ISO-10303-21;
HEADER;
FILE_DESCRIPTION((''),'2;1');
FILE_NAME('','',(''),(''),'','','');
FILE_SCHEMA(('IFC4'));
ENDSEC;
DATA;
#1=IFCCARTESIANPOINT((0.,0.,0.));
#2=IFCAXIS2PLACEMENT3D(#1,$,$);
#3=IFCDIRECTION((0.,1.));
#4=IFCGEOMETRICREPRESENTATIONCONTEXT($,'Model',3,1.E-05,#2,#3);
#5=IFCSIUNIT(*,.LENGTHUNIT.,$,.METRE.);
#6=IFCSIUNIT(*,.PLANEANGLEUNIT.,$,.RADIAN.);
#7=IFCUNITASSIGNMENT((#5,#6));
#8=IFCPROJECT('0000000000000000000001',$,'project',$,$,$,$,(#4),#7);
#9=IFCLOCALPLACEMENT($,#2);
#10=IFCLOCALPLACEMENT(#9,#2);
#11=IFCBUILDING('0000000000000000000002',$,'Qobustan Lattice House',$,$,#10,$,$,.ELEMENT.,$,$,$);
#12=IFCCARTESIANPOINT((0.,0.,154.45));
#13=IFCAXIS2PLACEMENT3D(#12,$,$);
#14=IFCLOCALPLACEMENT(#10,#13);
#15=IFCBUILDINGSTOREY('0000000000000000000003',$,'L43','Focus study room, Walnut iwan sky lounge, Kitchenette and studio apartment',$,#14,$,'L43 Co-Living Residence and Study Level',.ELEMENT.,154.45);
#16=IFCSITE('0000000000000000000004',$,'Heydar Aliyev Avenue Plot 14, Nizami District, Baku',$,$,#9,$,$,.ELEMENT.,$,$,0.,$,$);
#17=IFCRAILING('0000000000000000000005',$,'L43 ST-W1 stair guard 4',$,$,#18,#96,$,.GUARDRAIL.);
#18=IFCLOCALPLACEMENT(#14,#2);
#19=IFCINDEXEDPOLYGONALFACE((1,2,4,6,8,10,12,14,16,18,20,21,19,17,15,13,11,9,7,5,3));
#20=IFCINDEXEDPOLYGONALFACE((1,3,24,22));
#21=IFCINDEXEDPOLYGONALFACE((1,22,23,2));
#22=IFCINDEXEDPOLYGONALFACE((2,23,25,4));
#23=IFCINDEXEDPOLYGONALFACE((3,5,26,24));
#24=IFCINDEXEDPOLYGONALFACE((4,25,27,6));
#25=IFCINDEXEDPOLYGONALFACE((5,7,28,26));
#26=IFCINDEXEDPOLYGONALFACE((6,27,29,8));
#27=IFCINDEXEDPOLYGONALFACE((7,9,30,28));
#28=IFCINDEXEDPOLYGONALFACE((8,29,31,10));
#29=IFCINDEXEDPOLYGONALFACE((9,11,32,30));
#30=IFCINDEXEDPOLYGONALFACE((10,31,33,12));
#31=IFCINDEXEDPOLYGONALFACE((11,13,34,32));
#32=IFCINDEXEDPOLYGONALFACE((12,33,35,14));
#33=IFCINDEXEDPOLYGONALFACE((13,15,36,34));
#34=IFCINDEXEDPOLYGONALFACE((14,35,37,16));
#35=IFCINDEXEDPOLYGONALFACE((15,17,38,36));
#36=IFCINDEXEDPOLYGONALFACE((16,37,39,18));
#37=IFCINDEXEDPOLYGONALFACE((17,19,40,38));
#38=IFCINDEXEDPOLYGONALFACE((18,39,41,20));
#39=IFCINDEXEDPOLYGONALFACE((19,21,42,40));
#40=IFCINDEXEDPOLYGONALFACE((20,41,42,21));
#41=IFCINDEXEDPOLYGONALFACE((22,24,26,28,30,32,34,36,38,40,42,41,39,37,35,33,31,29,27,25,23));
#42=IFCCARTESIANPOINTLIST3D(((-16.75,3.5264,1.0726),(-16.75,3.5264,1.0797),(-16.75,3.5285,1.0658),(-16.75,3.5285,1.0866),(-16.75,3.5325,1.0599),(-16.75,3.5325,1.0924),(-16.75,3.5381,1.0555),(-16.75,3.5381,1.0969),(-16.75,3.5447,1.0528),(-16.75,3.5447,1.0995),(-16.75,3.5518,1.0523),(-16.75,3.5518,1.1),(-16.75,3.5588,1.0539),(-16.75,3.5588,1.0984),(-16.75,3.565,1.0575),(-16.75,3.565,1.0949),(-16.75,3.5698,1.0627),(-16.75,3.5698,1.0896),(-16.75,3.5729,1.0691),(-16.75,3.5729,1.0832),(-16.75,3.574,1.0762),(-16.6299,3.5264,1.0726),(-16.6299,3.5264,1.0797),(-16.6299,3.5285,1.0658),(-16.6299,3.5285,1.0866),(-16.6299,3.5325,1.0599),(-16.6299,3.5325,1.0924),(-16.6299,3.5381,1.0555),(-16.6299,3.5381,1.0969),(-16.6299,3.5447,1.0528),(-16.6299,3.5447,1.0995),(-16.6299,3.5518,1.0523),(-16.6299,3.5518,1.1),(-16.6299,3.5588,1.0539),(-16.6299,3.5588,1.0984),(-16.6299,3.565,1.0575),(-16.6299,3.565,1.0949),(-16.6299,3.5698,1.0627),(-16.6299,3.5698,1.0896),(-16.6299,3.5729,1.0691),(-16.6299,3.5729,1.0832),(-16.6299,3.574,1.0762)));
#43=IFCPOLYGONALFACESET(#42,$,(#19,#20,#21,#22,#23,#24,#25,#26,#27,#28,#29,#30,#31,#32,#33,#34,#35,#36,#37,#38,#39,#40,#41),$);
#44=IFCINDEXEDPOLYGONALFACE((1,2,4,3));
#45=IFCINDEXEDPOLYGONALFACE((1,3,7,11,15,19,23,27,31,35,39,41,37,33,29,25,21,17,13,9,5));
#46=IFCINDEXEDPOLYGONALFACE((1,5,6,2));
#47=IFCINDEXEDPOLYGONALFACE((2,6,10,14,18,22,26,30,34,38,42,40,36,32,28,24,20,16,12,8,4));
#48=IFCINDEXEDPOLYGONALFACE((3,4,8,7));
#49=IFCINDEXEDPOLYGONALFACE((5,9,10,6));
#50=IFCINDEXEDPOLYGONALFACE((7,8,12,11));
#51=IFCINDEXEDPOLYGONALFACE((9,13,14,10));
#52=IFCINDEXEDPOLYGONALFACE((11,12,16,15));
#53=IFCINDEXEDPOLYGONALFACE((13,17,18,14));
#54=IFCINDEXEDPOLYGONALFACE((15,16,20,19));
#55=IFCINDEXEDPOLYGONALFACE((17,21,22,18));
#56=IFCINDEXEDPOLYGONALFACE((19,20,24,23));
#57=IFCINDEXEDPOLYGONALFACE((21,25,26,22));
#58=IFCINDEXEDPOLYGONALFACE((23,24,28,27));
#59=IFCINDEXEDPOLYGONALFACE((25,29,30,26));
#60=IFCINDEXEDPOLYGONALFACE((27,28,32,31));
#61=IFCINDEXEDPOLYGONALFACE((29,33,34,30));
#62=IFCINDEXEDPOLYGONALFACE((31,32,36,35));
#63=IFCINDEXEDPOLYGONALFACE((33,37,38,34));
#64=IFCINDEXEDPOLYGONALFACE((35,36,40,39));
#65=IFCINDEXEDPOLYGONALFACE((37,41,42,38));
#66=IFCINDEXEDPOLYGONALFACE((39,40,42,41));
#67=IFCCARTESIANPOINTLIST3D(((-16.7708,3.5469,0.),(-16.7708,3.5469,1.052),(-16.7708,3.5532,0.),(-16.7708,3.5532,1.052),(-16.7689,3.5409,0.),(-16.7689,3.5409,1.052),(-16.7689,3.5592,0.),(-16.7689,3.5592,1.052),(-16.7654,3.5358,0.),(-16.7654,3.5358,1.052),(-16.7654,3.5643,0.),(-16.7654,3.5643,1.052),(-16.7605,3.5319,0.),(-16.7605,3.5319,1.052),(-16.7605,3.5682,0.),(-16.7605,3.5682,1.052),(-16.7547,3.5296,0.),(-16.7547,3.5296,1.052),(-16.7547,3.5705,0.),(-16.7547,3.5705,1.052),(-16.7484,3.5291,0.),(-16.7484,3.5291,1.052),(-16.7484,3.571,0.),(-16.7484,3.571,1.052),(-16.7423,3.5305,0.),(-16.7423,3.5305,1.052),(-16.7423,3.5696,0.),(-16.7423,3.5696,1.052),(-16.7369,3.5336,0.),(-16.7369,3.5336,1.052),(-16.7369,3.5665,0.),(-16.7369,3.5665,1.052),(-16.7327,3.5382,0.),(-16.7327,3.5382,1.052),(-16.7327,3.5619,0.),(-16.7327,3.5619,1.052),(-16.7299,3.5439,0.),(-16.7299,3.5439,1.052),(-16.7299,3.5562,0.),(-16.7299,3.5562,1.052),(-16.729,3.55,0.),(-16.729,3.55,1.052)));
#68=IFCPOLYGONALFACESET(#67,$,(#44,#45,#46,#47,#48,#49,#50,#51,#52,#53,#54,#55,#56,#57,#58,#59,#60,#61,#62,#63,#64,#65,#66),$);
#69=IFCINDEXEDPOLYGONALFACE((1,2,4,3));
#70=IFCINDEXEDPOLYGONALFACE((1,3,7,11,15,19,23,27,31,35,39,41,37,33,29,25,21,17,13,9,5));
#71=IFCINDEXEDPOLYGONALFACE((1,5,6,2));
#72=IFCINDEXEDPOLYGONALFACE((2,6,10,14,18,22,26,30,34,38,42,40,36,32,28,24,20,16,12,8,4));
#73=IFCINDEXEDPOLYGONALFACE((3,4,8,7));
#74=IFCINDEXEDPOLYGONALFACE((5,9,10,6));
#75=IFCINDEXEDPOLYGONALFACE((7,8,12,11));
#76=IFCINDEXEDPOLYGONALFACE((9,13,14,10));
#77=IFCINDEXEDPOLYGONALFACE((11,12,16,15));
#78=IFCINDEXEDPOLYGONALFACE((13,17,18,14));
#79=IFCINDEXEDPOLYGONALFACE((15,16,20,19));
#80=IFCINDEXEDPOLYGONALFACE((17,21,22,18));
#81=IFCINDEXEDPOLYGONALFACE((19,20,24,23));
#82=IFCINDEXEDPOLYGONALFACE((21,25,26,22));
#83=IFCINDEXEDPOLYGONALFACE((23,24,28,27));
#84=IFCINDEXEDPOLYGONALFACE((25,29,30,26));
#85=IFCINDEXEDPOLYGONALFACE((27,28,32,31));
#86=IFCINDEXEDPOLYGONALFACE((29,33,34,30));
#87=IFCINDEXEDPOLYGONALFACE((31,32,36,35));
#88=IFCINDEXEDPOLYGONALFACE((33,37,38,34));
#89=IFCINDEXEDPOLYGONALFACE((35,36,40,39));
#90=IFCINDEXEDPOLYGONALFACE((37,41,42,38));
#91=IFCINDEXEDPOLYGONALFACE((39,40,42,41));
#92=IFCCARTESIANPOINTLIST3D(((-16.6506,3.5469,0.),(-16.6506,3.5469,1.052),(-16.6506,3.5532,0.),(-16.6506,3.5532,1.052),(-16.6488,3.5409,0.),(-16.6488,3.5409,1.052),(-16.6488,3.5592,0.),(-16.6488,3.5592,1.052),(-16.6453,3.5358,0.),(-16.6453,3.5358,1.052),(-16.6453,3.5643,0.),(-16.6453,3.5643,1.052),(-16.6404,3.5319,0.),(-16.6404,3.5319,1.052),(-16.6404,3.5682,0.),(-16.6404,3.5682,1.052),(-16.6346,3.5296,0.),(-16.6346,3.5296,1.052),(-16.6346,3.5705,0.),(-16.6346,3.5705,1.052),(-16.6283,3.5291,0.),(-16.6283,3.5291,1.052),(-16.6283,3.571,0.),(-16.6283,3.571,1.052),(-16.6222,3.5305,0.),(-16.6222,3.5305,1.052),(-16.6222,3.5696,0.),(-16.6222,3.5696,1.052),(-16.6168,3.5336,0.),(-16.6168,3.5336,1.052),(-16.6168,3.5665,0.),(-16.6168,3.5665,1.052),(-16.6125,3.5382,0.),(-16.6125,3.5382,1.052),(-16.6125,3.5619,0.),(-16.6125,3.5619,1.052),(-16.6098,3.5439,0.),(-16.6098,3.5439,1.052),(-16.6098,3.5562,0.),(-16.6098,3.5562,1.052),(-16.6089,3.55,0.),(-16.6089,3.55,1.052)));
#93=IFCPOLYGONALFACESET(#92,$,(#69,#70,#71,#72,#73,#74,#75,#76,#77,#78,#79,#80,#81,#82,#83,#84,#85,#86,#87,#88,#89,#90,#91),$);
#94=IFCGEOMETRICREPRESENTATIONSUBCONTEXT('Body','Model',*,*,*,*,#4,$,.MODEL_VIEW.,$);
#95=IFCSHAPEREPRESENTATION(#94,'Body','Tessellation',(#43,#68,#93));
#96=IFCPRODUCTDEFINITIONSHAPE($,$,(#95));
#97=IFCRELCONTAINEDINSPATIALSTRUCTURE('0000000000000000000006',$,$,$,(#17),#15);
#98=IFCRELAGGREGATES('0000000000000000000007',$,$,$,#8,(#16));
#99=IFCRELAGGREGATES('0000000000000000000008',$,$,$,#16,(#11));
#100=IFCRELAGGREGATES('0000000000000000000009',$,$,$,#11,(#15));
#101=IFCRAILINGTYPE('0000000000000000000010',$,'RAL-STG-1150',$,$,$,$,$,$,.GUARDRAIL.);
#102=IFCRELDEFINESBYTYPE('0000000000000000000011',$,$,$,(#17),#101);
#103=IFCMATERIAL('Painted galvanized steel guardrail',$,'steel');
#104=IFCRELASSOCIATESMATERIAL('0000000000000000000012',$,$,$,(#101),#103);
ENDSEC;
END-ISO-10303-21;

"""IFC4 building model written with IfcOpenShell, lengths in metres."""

from ifc_helpers import new_model, si_unit, direction, frame, origin, origin_2d, place, context, subcontext, project, spatial, circle, extrude, material, type_object, element, save


model = new_model("IFC4")

# Units and contexts
model_context = context("Model", 3, precision=1e-05, world=origin(), true_north=direction((0.0, 1.0)))
body_context = subcontext(model_context, "Body", "Model", "MODEL_VIEW")
ifc_project = project(units=[si_unit("LENGTHUNIT", "METRE"), si_unit("PLANEANGLEUNIT", "RADIAN")], contexts=[model_context])

# Site, building, storey
site_placement = place(None, origin())
site = spatial("IfcSite", under=ifc_project, at=site_placement, Name="Heydar Aliyev Avenue Plot 14, Nizami District, Baku", CompositionType="ELEMENT", RefElevation=0.0)
building_placement = place(site_placement, origin())
building = spatial("IfcBuilding", under=site, at=building_placement, Name="Qobustan Lattice House", CompositionType="ELEMENT")
storey_placement = place(building_placement, frame((0.0, 0.0, 154.45)))
storey = spatial("IfcBuildingStorey", under=building, at=storey_placement, Name="L43", Description="Focus study room, Walnut iwan sky lounge, Kitchenette and studio apartment", LongName="L43 Co-Living Residence and Study Level", CompositionType="ELEMENT", Elevation=154.45)

# Railing
ifc_material_1 = material(Name="Painted galvanized steel guardrail", Category="steel")
railing_type_1 = type_object("IfcRailingType", Name="RAL-STG-1150", PredefinedType="GUARDRAIL", material=ifc_material_1)
railing_1_placement = place(storey_placement, frame((-16.75, 3.55, 0.0)))
element("IfcRailing", 1, at=railing_1_placement, inside=storey, type_object=railing_type_1, Name="L43 ST-W1 stair guard 4", PredefinedType="GUARDRAIL", context=body_context, shape_type="SweptSolid", body=[
    extrude(circle(Radius=0.0239, at=origin_2d()), frame((0.0, 0.0, 1.0762), z_axis=(1.0, 0.0, 0.0), x_axis=(0.0, 1.0, 0.0)), (0.0, 0.0, 1.0), 0.1201),
    extrude(circle(Radius=0.021, at=origin_2d()), origin(), (0.0, 0.0, 1.0), 1.052),
    extrude(circle(Radius=0.021, at=origin_2d()), frame((0.1201, 0.0, 0.0)), (0.0, 0.0, 1.0), 1.052),
])

save(model, "model.ifc")
